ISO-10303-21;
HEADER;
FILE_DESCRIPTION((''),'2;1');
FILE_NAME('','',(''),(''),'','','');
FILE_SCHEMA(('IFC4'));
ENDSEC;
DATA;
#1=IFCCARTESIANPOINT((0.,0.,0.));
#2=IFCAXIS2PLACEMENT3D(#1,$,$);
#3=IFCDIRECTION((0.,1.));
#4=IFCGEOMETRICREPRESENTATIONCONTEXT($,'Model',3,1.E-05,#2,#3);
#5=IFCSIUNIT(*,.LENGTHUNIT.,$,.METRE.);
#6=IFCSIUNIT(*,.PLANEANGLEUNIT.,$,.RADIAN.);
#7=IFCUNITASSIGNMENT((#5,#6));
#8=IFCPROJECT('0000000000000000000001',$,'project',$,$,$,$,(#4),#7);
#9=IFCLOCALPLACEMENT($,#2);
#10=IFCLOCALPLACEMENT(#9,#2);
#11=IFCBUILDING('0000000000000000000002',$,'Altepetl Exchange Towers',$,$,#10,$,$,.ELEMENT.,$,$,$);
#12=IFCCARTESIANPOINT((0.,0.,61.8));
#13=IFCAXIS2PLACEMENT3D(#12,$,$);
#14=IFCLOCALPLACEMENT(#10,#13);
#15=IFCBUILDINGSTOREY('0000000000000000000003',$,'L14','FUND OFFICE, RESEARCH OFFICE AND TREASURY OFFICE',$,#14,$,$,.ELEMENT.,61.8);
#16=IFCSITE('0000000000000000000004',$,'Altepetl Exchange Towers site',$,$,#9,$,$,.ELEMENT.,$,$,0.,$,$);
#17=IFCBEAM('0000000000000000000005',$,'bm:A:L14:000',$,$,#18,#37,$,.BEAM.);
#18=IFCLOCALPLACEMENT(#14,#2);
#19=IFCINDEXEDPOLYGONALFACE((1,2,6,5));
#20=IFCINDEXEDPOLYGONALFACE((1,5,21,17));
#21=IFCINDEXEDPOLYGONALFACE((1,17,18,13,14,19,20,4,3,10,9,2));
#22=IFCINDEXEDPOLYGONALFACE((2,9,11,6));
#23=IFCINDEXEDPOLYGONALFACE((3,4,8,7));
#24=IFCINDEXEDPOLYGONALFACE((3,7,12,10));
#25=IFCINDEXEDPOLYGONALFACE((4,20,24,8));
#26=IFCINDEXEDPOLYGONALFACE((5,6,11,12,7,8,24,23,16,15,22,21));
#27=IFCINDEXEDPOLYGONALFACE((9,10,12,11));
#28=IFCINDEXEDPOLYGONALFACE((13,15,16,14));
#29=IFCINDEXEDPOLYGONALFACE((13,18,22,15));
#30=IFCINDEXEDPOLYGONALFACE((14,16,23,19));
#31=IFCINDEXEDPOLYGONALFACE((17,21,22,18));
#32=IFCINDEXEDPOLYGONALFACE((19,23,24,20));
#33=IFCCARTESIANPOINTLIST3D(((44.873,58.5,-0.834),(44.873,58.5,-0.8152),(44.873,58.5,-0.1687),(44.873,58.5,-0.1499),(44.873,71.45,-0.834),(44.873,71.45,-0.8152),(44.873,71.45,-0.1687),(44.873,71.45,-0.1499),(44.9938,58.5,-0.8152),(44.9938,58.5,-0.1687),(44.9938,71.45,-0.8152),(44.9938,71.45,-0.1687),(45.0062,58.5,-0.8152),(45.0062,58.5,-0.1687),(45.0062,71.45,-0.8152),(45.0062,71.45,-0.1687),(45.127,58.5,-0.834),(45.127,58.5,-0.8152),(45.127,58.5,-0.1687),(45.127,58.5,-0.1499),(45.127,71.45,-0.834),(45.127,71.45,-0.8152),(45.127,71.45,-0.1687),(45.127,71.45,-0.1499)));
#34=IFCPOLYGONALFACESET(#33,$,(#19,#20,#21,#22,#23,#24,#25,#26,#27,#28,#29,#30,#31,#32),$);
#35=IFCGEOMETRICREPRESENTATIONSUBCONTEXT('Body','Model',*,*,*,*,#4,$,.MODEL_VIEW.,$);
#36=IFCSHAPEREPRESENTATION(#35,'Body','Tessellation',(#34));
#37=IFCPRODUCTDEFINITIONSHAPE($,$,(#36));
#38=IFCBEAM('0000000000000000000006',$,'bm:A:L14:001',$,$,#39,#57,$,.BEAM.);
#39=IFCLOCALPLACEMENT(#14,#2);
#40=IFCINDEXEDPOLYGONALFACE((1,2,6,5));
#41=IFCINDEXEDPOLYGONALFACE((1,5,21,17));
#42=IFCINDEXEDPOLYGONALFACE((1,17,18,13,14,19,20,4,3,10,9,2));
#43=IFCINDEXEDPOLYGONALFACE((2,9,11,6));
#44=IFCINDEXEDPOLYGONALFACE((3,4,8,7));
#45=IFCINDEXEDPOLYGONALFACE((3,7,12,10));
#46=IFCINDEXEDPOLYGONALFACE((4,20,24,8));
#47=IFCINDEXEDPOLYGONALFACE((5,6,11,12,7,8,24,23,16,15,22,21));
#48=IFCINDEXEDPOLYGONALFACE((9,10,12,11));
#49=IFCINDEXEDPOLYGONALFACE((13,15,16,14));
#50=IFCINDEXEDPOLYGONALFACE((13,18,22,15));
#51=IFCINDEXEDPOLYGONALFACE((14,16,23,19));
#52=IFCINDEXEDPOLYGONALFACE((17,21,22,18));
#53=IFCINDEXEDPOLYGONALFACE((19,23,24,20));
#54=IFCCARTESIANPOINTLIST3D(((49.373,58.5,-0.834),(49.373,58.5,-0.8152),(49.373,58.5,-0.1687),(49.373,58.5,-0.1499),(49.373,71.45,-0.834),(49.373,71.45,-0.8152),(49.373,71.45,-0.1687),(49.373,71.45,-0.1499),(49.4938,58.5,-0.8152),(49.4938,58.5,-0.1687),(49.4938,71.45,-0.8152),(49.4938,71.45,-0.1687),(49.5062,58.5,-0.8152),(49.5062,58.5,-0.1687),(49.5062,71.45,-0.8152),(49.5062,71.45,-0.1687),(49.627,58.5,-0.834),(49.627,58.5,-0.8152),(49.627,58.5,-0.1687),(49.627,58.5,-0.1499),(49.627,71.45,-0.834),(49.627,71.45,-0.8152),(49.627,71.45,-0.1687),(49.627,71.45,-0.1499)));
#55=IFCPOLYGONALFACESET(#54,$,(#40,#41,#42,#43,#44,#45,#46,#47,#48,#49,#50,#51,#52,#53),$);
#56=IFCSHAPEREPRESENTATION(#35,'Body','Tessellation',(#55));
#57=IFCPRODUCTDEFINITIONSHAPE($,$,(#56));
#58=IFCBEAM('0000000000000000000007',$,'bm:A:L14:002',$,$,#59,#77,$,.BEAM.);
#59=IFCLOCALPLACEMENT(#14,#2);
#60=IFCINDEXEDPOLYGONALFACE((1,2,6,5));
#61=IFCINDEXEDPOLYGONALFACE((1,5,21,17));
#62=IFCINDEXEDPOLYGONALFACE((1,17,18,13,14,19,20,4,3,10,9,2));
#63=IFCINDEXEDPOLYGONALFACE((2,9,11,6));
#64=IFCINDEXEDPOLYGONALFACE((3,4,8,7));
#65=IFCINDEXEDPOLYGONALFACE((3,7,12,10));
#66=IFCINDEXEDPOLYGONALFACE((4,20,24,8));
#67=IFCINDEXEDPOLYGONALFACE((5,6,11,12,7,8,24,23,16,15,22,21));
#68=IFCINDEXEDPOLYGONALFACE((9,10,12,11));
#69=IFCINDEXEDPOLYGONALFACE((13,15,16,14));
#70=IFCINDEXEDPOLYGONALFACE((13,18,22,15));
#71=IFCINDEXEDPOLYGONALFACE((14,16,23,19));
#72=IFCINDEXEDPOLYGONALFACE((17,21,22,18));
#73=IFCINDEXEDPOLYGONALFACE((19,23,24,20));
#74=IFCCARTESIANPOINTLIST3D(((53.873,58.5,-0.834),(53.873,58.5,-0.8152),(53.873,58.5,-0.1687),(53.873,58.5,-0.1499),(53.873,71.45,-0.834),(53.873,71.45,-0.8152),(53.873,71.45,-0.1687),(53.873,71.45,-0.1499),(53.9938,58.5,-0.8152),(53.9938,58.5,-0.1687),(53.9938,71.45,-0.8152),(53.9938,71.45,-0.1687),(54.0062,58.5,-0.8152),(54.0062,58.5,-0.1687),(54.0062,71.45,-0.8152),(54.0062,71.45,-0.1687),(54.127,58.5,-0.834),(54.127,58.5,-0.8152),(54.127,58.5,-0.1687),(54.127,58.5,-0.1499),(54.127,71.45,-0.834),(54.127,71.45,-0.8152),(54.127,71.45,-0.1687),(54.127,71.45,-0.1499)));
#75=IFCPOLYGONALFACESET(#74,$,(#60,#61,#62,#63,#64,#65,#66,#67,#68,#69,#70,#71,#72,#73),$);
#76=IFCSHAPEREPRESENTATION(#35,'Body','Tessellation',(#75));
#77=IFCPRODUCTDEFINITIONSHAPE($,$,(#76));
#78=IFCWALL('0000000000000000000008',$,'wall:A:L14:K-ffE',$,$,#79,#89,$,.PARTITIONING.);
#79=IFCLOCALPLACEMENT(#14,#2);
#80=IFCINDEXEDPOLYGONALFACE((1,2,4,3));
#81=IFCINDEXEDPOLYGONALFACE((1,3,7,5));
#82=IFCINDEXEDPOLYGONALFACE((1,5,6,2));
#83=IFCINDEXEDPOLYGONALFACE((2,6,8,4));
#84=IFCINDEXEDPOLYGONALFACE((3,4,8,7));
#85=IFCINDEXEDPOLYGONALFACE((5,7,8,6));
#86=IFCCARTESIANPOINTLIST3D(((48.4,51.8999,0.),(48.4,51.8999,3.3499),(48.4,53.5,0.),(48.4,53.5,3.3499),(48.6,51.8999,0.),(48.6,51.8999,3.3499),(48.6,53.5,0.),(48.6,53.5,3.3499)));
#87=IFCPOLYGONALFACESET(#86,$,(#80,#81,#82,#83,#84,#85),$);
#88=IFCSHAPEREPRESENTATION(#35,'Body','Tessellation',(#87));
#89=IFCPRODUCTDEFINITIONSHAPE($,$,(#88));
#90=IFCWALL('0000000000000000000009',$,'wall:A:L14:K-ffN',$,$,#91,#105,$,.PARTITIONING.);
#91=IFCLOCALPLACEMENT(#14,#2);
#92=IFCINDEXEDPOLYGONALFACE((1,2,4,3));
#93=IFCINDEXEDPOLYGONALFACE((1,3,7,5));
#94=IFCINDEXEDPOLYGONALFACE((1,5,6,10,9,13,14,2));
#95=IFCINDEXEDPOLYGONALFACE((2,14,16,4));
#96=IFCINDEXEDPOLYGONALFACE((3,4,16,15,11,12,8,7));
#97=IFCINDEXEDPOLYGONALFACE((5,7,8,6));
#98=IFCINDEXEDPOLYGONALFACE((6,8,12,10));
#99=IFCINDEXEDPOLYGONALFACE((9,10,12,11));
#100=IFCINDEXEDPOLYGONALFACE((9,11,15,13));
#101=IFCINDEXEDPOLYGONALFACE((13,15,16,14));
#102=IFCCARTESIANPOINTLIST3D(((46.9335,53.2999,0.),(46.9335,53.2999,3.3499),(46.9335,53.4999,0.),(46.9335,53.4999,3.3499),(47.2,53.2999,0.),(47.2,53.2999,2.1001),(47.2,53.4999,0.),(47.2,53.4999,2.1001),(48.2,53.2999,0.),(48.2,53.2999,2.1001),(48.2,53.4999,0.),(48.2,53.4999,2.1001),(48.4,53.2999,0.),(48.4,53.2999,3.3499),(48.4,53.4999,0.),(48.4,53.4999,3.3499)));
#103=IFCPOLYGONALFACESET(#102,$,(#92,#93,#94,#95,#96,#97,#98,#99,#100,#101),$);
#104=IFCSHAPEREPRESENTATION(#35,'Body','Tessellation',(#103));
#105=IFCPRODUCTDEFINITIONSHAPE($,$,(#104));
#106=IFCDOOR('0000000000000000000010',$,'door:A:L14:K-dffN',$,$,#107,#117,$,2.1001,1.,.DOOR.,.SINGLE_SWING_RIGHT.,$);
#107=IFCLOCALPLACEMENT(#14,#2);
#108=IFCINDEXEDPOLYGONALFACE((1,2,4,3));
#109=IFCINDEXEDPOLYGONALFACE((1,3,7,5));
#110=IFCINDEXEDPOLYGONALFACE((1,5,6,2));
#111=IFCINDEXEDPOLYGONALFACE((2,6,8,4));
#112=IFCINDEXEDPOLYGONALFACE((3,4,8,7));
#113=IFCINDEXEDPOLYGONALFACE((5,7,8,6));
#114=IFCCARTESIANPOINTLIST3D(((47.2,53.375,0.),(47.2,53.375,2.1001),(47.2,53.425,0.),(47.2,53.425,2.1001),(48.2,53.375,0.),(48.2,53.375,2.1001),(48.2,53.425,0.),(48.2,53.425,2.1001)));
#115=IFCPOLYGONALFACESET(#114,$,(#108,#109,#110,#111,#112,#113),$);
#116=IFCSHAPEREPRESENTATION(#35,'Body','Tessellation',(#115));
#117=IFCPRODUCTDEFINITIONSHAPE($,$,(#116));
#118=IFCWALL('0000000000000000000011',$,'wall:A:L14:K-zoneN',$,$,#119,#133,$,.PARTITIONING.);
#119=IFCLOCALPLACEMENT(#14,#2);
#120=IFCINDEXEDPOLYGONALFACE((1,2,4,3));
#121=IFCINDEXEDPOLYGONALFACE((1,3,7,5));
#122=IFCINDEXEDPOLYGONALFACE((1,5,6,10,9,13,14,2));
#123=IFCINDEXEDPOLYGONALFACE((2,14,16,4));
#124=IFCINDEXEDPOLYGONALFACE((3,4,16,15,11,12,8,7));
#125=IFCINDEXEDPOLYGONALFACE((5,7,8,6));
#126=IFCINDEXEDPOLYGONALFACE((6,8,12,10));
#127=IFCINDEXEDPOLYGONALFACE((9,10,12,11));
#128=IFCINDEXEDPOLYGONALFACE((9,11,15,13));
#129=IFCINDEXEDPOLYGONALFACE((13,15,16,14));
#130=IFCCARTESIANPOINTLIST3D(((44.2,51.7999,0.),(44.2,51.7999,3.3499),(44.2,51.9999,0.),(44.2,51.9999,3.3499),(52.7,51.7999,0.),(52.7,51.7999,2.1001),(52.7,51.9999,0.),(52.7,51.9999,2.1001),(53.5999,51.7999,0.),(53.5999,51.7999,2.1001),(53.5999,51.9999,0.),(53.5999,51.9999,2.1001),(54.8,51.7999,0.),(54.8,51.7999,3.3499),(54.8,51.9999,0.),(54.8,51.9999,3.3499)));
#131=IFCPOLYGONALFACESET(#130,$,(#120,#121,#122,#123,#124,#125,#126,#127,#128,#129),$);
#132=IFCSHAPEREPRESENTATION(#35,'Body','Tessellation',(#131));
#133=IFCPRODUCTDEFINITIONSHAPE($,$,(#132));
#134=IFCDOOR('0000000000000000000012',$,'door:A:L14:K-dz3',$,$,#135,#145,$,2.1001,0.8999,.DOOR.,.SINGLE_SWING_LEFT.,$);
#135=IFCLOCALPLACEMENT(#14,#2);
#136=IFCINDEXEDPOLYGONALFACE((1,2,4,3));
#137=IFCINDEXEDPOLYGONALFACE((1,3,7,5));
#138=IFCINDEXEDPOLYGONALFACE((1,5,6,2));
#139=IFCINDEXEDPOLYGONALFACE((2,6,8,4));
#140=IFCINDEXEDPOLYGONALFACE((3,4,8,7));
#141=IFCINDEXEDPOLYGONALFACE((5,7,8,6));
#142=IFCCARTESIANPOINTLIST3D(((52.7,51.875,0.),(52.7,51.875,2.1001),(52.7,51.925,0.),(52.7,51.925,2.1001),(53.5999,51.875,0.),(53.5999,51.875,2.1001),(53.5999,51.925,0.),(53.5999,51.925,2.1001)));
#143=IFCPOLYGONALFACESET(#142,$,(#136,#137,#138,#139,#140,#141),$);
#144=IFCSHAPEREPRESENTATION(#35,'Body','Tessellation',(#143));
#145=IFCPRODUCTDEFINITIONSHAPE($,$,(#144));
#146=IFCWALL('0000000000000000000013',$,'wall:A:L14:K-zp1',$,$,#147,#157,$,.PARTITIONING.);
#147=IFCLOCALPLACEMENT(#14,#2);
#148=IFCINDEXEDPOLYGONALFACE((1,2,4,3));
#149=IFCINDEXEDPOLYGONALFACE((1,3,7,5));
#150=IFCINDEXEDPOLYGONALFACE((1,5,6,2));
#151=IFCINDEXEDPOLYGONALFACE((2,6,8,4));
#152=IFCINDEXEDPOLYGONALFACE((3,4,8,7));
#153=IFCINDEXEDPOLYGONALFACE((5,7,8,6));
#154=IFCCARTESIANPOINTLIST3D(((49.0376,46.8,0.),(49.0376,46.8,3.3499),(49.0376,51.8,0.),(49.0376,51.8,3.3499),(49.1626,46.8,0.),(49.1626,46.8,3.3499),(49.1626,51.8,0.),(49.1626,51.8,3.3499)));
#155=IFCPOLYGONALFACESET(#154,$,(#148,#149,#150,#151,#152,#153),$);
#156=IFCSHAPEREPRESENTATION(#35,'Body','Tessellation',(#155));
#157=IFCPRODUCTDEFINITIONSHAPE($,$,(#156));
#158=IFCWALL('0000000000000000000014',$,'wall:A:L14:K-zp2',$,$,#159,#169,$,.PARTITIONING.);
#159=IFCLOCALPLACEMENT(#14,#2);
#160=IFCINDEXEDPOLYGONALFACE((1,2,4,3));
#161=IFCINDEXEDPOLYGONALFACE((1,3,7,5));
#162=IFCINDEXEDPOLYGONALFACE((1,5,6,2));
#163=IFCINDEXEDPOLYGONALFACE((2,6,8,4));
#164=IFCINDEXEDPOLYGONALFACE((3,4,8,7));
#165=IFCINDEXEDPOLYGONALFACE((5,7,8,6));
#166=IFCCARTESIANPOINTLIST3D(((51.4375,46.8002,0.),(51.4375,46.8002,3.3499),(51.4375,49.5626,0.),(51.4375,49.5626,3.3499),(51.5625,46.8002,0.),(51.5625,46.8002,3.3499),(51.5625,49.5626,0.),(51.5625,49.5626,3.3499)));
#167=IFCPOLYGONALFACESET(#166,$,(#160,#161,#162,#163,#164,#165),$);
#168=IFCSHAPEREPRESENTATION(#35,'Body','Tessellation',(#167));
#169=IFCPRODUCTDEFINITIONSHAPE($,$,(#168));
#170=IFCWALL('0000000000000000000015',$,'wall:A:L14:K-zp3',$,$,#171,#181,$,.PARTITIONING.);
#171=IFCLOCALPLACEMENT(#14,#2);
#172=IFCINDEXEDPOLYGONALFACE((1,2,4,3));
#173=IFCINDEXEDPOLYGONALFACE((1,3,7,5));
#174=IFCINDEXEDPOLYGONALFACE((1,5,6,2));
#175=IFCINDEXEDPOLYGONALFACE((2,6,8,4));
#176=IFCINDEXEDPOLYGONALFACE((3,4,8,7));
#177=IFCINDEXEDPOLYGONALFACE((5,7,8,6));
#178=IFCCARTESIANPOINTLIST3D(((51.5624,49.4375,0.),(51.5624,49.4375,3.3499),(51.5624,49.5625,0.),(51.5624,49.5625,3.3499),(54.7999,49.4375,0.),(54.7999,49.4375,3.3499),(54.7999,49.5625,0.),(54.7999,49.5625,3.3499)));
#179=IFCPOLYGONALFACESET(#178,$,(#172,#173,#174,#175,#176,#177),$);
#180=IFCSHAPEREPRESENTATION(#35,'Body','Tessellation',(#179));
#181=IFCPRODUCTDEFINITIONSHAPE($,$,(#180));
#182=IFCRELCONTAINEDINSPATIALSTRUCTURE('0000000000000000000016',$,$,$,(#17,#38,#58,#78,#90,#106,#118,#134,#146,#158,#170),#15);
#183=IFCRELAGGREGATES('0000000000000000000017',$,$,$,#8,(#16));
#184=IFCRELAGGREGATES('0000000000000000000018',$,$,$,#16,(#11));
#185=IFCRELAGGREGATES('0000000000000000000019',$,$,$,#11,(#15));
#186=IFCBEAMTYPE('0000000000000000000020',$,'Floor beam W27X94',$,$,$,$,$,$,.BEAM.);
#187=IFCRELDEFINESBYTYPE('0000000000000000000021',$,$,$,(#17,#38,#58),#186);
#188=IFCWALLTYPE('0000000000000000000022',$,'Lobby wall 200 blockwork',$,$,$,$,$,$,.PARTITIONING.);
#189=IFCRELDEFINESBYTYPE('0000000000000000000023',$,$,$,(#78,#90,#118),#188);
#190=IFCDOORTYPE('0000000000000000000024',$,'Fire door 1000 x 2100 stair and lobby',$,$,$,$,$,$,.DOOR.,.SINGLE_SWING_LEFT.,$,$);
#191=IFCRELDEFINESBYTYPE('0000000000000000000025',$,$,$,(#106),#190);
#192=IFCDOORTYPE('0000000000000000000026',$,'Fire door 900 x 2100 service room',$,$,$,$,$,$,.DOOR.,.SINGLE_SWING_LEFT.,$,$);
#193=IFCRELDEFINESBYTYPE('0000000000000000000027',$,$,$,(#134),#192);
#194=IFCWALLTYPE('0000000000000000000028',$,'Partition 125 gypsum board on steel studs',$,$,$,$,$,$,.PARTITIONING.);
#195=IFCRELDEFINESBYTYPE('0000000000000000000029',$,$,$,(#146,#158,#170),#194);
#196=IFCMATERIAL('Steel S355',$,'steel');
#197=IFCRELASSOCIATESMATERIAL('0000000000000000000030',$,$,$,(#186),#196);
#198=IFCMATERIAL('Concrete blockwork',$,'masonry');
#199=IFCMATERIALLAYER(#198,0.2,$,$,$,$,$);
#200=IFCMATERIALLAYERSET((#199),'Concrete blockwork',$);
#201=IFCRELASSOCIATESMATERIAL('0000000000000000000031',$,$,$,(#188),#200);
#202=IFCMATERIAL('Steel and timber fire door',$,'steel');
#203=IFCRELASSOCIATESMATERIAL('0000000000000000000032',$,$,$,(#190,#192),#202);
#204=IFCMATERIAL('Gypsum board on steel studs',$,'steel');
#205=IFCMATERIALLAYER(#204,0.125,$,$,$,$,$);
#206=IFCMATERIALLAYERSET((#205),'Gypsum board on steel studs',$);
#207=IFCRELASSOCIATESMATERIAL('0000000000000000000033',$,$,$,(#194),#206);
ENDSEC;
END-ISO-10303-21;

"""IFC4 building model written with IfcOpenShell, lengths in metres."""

from ifc_helpers import new_model, si_unit, direction, frame, frame_2d, origin, origin_2d, place, context, subcontext, project, spatial, rectangle, i_section, extrude, material, layer, layer_set, material_profile, profile_set, type_object, element, fill, save


model = new_model("IFC4")

# Units and contexts
model_context = context("Model", 3, precision=1e-05, world=origin(), true_north=direction((0.0, 1.0)))
body_context = subcontext(model_context, "Body", "Model", "MODEL_VIEW")
ifc_project = project(units=[si_unit("LENGTHUNIT", "METRE"), si_unit("PLANEANGLEUNIT", "RADIAN")], contexts=[model_context])

# Site, building, storey
site_placement = place(None, origin())
site = spatial("IfcSite", under=ifc_project, at=site_placement, Name="Altepetl Exchange Towers site", CompositionType="ELEMENT", RefElevation=0.0)
building_placement = place(site_placement, origin())
building = spatial("IfcBuilding", under=site, at=building_placement, Name="Altepetl Exchange Towers", CompositionType="ELEMENT")
storey_placement = place(building_placement, frame((0.0, 0.0, 61.8)))
storey = spatial("IfcBuildingStorey", under=building, at=storey_placement, Name="L14", Description="FUND OFFICE, RESEARCH OFFICE AND TREASURY OFFICE", CompositionType="ELEMENT", Elevation=61.8)

# Beams
ifc_material_1 = material(Name="Steel S355", Category="steel")
ifc_material_profile = material_profile(ifc_material_1, i_section(OverallWidth=0.2539, OverallDepth=0.6841, WebThickness=0.0125, FlangeThickness=0.0188, at=origin_2d()), Name="W27X94")
ifc_profile_set = profile_set([ifc_material_profile], Name="Steel S355")
beam_type = type_object("IfcBeamType", Name="Floor beam W27X94", PredefinedType="BEAM", material=ifc_profile_set)
for number, where, z_axis, x_axis, name in (
    (1, (45.0, 58.5, -0.4919), (0.0, 1.0, 0.0), (-1.0, 0.0, 0.0), "bm:A:L14:000"),
    (2, (49.5, 58.5, -0.4919), (0.0, 1.0, 0.0), (-1.0, 0.0, 0.0), "bm:A:L14:001"),
    (3, (54.0, 58.5, -0.4919), (0.0, 1.0, 0.0), (-1.0, 0.0, 0.0), "bm:A:L14:002"),
):
    element("IfcBeam", number, at=place(storey_placement, frame(where, z_axis=z_axis, x_axis=x_axis)), inside=storey, type_object=beam_type, Name=name, PredefinedType="BEAM", context=body_context, shape_type="SweptSolid", body=[
        extrude(i_section(OverallWidth=0.2539, OverallDepth=0.6841, WebThickness=0.0125, FlangeThickness=0.0188, at=origin_2d()), origin(), (0.0, 0.0, 1.0), 12.95),
    ])

# Wall
ifc_material_2 = material(Name="Concrete blockwork", Category="masonry")
ifc_layer_1 = layer(ifc_material_2, 0.2)
ifc_layer_set_1 = layer_set([ifc_layer_1], Name="Concrete blockwork")
wall_type_1 = type_object("IfcWallType", Name="Lobby wall 200 blockwork", PredefinedType="PARTITIONING", material=ifc_layer_set_1)
wall_1_placement = place(storey_placement, frame((48.5, 51.8999, 0.0), z_axis=(0.0, 0.0, 1.0), x_axis=(0.0, 1.0, 0.0)))
element("IfcWall", 4, at=wall_1_placement, inside=storey, type_object=wall_type_1, Name="wall:A:L14:K-ffE", PredefinedType="PARTITIONING", context=body_context, shape_type="SweptSolid", body=[
    extrude(rectangle(XDim=1.6001, YDim=0.2, at=frame_2d((0.8, 0.0))), origin(), (0.0, 0.0, 1.0), 3.3499),
])

# Walls, openings, doors
wall_2_placement = place(storey_placement, frame((46.9333, 53.3999, 0.0)))
wall_2 = element("IfcWall", 5, at=wall_2_placement, inside=storey, type_object=wall_type_1, Name="wall:A:L14:K-ffN", PredefinedType="PARTITIONING", context=body_context, shape_type="SweptSolid", body=[
    extrude(rectangle(XDim=1.4666, YDim=0.2, at=frame_2d((0.7334, 0.0))), origin(), (0.0, 0.0, 1.0), 3.3499),
])
opening_1_placement = place(wall_2_placement, frame((0.2666, 0.0, 0.0)))
opening_1 = element("IfcOpeningElement", 6, at=opening_1_placement, cuts=wall_2, PredefinedType="OPENING", context=body_context, shape_type="SweptSolid", body=[
    extrude(rectangle(XDim=1.0, YDim=2.1001, at=frame_2d((0.5, 1.05))), frame((0.0, 0.1099, 0.0), z_axis=(0.0, -1.0, 0.0), x_axis=(1.0, 0.0, 0.0)), (0.0, 0.0, 1.0), 0.22),
])
ifc_material_3 = material(Name="Steel and timber fire door", Category="steel")
door_type_1 = type_object("IfcDoorType", Name="Fire door 1000 x 2100 stair and lobby", OperationType="SINGLE_SWING_LEFT", PredefinedType="DOOR", material=ifc_material_3)
door_1_placement = place(opening_1_placement, frame((1.0, 0.0, 0.0), x_axis=(-1.0, 0.0, 0.0)))
door_1 = element("IfcDoor", 7, at=door_1_placement, inside=storey, type_object=door_type_1, Name="door:A:L14:K-dffN", OperationType="SINGLE_SWING_RIGHT", OverallHeight=2.1001, OverallWidth=1.0, PredefinedType="DOOR", context=body_context, shape_type="SweptSolid", body=[
    extrude(rectangle(XDim=1.0, YDim=2.1001, at=frame_2d((0.5, 1.05))), frame((0.0, 0.0249, 0.0), z_axis=(0.0, -1.0, 0.0), x_axis=(1.0, 0.0, 0.0)), (0.0, 0.0, 1.0), 0.05),
])
fill(opening_1, door_1)
wall_3_placement = place(storey_placement, frame((44.2, 51.8999, 0.0)))
wall_3 = element("IfcWall", 8, at=wall_3_placement, inside=storey, type_object=wall_type_1, Name="wall:A:L14:K-zoneN", PredefinedType="PARTITIONING", context=body_context, shape_type="SweptSolid", body=[
    extrude(rectangle(XDim=10.6001, YDim=0.2, at=frame_2d((5.3, 0.0))), origin(), (0.0, 0.0, 1.0), 3.3499),
])
opening_2_placement = place(wall_3_placement, frame((8.5, 0.0, 0.0)))
opening_2 = element("IfcOpeningElement", 9, at=opening_2_placement, cuts=wall_3, PredefinedType="OPENING", context=body_context, shape_type="SweptSolid", body=[
    extrude(rectangle(XDim=0.8999, YDim=2.1001, at=frame_2d((0.45, 1.05))), frame((0.0, 0.1099, 0.0), z_axis=(0.0, -1.0, 0.0), x_axis=(1.0, 0.0, 0.0)), (0.0, 0.0, 1.0), 0.22),
])
door_type_2 = type_object("IfcDoorType", Name="Fire door 900 x 2100 service room", OperationType="SINGLE_SWING_LEFT", PredefinedType="DOOR", material=ifc_material_3)
door_2_placement = place(opening_2_placement, frame((0.8999, 0.0, 0.0), x_axis=(-1.0, 0.0, 0.0)))
door_2 = element("IfcDoor", 10, at=door_2_placement, inside=storey, type_object=door_type_2, Name="door:A:L14:K-dz3", OperationType="SINGLE_SWING_LEFT", OverallHeight=2.1001, OverallWidth=0.8999, PredefinedType="DOOR", context=body_context, shape_type="SweptSolid", body=[
    extrude(rectangle(XDim=0.8999, YDim=2.1001, at=frame_2d((0.45, 1.05))), frame((0.0, 0.0249, 0.0), z_axis=(0.0, -1.0, 0.0), x_axis=(1.0, 0.0, 0.0)), (0.0, 0.0, 1.0), 0.05),
])
fill(opening_2, door_2)

# Walls
ifc_material_4 = material(Name="Gypsum board on steel studs", Category="steel")
ifc_layer_2 = layer(ifc_material_4, 0.125)
ifc_layer_set_2 = layer_set([ifc_layer_2], Name="Gypsum board on steel studs")
wall_type_2 = type_object("IfcWallType", Name="Partition 125 gypsum board on steel studs", PredefinedType="PARTITIONING", material=ifc_layer_set_2)
wall_4_placement = place(storey_placement, frame((49.1001, 46.8, 0.0), z_axis=(0.0, 0.0, 1.0), x_axis=(0.0, 1.0, 0.0)))
element("IfcWall", 11, at=wall_4_placement, inside=storey, type_object=wall_type_2, Name="wall:A:L14:K-zp1", PredefinedType="PARTITIONING", context=body_context, shape_type="SweptSolid", body=[
    extrude(rectangle(XDim=5.0, YDim=0.125, at=frame_2d((2.5, 0.0))), origin(), (0.0, 0.0, 1.0), 3.3499),
])
wall_5_placement = place(storey_placement, frame((51.5, 46.8, 0.0), z_axis=(0.0, 0.0, 1.0), x_axis=(0.0, 1.0, 0.0)))
element("IfcWall", 12, at=wall_5_placement, inside=storey, type_object=wall_type_2, Name="wall:A:L14:K-zp2", PredefinedType="PARTITIONING", context=body_context, shape_type="SweptSolid", body=[
    extrude(rectangle(XDim=2.7625, YDim=0.125, at=frame_2d((1.3813, 0.0))), origin(), (0.0, 0.0, 1.0), 3.3499),
])
wall_6_placement = place(storey_placement, frame((51.5625, 49.5, 0.0)))
element("IfcWall", 13, at=wall_6_placement, inside=storey, type_object=wall_type_2, Name="wall:A:L14:K-zp3", PredefinedType="PARTITIONING", context=body_context, shape_type="SweptSolid", body=[
    extrude(rectangle(XDim=3.2375, YDim=0.125, at=frame_2d((1.6187, 0.0))), origin(), (0.0, 0.0, 1.0), 3.3499),
])

save(model, "model.ifc")
